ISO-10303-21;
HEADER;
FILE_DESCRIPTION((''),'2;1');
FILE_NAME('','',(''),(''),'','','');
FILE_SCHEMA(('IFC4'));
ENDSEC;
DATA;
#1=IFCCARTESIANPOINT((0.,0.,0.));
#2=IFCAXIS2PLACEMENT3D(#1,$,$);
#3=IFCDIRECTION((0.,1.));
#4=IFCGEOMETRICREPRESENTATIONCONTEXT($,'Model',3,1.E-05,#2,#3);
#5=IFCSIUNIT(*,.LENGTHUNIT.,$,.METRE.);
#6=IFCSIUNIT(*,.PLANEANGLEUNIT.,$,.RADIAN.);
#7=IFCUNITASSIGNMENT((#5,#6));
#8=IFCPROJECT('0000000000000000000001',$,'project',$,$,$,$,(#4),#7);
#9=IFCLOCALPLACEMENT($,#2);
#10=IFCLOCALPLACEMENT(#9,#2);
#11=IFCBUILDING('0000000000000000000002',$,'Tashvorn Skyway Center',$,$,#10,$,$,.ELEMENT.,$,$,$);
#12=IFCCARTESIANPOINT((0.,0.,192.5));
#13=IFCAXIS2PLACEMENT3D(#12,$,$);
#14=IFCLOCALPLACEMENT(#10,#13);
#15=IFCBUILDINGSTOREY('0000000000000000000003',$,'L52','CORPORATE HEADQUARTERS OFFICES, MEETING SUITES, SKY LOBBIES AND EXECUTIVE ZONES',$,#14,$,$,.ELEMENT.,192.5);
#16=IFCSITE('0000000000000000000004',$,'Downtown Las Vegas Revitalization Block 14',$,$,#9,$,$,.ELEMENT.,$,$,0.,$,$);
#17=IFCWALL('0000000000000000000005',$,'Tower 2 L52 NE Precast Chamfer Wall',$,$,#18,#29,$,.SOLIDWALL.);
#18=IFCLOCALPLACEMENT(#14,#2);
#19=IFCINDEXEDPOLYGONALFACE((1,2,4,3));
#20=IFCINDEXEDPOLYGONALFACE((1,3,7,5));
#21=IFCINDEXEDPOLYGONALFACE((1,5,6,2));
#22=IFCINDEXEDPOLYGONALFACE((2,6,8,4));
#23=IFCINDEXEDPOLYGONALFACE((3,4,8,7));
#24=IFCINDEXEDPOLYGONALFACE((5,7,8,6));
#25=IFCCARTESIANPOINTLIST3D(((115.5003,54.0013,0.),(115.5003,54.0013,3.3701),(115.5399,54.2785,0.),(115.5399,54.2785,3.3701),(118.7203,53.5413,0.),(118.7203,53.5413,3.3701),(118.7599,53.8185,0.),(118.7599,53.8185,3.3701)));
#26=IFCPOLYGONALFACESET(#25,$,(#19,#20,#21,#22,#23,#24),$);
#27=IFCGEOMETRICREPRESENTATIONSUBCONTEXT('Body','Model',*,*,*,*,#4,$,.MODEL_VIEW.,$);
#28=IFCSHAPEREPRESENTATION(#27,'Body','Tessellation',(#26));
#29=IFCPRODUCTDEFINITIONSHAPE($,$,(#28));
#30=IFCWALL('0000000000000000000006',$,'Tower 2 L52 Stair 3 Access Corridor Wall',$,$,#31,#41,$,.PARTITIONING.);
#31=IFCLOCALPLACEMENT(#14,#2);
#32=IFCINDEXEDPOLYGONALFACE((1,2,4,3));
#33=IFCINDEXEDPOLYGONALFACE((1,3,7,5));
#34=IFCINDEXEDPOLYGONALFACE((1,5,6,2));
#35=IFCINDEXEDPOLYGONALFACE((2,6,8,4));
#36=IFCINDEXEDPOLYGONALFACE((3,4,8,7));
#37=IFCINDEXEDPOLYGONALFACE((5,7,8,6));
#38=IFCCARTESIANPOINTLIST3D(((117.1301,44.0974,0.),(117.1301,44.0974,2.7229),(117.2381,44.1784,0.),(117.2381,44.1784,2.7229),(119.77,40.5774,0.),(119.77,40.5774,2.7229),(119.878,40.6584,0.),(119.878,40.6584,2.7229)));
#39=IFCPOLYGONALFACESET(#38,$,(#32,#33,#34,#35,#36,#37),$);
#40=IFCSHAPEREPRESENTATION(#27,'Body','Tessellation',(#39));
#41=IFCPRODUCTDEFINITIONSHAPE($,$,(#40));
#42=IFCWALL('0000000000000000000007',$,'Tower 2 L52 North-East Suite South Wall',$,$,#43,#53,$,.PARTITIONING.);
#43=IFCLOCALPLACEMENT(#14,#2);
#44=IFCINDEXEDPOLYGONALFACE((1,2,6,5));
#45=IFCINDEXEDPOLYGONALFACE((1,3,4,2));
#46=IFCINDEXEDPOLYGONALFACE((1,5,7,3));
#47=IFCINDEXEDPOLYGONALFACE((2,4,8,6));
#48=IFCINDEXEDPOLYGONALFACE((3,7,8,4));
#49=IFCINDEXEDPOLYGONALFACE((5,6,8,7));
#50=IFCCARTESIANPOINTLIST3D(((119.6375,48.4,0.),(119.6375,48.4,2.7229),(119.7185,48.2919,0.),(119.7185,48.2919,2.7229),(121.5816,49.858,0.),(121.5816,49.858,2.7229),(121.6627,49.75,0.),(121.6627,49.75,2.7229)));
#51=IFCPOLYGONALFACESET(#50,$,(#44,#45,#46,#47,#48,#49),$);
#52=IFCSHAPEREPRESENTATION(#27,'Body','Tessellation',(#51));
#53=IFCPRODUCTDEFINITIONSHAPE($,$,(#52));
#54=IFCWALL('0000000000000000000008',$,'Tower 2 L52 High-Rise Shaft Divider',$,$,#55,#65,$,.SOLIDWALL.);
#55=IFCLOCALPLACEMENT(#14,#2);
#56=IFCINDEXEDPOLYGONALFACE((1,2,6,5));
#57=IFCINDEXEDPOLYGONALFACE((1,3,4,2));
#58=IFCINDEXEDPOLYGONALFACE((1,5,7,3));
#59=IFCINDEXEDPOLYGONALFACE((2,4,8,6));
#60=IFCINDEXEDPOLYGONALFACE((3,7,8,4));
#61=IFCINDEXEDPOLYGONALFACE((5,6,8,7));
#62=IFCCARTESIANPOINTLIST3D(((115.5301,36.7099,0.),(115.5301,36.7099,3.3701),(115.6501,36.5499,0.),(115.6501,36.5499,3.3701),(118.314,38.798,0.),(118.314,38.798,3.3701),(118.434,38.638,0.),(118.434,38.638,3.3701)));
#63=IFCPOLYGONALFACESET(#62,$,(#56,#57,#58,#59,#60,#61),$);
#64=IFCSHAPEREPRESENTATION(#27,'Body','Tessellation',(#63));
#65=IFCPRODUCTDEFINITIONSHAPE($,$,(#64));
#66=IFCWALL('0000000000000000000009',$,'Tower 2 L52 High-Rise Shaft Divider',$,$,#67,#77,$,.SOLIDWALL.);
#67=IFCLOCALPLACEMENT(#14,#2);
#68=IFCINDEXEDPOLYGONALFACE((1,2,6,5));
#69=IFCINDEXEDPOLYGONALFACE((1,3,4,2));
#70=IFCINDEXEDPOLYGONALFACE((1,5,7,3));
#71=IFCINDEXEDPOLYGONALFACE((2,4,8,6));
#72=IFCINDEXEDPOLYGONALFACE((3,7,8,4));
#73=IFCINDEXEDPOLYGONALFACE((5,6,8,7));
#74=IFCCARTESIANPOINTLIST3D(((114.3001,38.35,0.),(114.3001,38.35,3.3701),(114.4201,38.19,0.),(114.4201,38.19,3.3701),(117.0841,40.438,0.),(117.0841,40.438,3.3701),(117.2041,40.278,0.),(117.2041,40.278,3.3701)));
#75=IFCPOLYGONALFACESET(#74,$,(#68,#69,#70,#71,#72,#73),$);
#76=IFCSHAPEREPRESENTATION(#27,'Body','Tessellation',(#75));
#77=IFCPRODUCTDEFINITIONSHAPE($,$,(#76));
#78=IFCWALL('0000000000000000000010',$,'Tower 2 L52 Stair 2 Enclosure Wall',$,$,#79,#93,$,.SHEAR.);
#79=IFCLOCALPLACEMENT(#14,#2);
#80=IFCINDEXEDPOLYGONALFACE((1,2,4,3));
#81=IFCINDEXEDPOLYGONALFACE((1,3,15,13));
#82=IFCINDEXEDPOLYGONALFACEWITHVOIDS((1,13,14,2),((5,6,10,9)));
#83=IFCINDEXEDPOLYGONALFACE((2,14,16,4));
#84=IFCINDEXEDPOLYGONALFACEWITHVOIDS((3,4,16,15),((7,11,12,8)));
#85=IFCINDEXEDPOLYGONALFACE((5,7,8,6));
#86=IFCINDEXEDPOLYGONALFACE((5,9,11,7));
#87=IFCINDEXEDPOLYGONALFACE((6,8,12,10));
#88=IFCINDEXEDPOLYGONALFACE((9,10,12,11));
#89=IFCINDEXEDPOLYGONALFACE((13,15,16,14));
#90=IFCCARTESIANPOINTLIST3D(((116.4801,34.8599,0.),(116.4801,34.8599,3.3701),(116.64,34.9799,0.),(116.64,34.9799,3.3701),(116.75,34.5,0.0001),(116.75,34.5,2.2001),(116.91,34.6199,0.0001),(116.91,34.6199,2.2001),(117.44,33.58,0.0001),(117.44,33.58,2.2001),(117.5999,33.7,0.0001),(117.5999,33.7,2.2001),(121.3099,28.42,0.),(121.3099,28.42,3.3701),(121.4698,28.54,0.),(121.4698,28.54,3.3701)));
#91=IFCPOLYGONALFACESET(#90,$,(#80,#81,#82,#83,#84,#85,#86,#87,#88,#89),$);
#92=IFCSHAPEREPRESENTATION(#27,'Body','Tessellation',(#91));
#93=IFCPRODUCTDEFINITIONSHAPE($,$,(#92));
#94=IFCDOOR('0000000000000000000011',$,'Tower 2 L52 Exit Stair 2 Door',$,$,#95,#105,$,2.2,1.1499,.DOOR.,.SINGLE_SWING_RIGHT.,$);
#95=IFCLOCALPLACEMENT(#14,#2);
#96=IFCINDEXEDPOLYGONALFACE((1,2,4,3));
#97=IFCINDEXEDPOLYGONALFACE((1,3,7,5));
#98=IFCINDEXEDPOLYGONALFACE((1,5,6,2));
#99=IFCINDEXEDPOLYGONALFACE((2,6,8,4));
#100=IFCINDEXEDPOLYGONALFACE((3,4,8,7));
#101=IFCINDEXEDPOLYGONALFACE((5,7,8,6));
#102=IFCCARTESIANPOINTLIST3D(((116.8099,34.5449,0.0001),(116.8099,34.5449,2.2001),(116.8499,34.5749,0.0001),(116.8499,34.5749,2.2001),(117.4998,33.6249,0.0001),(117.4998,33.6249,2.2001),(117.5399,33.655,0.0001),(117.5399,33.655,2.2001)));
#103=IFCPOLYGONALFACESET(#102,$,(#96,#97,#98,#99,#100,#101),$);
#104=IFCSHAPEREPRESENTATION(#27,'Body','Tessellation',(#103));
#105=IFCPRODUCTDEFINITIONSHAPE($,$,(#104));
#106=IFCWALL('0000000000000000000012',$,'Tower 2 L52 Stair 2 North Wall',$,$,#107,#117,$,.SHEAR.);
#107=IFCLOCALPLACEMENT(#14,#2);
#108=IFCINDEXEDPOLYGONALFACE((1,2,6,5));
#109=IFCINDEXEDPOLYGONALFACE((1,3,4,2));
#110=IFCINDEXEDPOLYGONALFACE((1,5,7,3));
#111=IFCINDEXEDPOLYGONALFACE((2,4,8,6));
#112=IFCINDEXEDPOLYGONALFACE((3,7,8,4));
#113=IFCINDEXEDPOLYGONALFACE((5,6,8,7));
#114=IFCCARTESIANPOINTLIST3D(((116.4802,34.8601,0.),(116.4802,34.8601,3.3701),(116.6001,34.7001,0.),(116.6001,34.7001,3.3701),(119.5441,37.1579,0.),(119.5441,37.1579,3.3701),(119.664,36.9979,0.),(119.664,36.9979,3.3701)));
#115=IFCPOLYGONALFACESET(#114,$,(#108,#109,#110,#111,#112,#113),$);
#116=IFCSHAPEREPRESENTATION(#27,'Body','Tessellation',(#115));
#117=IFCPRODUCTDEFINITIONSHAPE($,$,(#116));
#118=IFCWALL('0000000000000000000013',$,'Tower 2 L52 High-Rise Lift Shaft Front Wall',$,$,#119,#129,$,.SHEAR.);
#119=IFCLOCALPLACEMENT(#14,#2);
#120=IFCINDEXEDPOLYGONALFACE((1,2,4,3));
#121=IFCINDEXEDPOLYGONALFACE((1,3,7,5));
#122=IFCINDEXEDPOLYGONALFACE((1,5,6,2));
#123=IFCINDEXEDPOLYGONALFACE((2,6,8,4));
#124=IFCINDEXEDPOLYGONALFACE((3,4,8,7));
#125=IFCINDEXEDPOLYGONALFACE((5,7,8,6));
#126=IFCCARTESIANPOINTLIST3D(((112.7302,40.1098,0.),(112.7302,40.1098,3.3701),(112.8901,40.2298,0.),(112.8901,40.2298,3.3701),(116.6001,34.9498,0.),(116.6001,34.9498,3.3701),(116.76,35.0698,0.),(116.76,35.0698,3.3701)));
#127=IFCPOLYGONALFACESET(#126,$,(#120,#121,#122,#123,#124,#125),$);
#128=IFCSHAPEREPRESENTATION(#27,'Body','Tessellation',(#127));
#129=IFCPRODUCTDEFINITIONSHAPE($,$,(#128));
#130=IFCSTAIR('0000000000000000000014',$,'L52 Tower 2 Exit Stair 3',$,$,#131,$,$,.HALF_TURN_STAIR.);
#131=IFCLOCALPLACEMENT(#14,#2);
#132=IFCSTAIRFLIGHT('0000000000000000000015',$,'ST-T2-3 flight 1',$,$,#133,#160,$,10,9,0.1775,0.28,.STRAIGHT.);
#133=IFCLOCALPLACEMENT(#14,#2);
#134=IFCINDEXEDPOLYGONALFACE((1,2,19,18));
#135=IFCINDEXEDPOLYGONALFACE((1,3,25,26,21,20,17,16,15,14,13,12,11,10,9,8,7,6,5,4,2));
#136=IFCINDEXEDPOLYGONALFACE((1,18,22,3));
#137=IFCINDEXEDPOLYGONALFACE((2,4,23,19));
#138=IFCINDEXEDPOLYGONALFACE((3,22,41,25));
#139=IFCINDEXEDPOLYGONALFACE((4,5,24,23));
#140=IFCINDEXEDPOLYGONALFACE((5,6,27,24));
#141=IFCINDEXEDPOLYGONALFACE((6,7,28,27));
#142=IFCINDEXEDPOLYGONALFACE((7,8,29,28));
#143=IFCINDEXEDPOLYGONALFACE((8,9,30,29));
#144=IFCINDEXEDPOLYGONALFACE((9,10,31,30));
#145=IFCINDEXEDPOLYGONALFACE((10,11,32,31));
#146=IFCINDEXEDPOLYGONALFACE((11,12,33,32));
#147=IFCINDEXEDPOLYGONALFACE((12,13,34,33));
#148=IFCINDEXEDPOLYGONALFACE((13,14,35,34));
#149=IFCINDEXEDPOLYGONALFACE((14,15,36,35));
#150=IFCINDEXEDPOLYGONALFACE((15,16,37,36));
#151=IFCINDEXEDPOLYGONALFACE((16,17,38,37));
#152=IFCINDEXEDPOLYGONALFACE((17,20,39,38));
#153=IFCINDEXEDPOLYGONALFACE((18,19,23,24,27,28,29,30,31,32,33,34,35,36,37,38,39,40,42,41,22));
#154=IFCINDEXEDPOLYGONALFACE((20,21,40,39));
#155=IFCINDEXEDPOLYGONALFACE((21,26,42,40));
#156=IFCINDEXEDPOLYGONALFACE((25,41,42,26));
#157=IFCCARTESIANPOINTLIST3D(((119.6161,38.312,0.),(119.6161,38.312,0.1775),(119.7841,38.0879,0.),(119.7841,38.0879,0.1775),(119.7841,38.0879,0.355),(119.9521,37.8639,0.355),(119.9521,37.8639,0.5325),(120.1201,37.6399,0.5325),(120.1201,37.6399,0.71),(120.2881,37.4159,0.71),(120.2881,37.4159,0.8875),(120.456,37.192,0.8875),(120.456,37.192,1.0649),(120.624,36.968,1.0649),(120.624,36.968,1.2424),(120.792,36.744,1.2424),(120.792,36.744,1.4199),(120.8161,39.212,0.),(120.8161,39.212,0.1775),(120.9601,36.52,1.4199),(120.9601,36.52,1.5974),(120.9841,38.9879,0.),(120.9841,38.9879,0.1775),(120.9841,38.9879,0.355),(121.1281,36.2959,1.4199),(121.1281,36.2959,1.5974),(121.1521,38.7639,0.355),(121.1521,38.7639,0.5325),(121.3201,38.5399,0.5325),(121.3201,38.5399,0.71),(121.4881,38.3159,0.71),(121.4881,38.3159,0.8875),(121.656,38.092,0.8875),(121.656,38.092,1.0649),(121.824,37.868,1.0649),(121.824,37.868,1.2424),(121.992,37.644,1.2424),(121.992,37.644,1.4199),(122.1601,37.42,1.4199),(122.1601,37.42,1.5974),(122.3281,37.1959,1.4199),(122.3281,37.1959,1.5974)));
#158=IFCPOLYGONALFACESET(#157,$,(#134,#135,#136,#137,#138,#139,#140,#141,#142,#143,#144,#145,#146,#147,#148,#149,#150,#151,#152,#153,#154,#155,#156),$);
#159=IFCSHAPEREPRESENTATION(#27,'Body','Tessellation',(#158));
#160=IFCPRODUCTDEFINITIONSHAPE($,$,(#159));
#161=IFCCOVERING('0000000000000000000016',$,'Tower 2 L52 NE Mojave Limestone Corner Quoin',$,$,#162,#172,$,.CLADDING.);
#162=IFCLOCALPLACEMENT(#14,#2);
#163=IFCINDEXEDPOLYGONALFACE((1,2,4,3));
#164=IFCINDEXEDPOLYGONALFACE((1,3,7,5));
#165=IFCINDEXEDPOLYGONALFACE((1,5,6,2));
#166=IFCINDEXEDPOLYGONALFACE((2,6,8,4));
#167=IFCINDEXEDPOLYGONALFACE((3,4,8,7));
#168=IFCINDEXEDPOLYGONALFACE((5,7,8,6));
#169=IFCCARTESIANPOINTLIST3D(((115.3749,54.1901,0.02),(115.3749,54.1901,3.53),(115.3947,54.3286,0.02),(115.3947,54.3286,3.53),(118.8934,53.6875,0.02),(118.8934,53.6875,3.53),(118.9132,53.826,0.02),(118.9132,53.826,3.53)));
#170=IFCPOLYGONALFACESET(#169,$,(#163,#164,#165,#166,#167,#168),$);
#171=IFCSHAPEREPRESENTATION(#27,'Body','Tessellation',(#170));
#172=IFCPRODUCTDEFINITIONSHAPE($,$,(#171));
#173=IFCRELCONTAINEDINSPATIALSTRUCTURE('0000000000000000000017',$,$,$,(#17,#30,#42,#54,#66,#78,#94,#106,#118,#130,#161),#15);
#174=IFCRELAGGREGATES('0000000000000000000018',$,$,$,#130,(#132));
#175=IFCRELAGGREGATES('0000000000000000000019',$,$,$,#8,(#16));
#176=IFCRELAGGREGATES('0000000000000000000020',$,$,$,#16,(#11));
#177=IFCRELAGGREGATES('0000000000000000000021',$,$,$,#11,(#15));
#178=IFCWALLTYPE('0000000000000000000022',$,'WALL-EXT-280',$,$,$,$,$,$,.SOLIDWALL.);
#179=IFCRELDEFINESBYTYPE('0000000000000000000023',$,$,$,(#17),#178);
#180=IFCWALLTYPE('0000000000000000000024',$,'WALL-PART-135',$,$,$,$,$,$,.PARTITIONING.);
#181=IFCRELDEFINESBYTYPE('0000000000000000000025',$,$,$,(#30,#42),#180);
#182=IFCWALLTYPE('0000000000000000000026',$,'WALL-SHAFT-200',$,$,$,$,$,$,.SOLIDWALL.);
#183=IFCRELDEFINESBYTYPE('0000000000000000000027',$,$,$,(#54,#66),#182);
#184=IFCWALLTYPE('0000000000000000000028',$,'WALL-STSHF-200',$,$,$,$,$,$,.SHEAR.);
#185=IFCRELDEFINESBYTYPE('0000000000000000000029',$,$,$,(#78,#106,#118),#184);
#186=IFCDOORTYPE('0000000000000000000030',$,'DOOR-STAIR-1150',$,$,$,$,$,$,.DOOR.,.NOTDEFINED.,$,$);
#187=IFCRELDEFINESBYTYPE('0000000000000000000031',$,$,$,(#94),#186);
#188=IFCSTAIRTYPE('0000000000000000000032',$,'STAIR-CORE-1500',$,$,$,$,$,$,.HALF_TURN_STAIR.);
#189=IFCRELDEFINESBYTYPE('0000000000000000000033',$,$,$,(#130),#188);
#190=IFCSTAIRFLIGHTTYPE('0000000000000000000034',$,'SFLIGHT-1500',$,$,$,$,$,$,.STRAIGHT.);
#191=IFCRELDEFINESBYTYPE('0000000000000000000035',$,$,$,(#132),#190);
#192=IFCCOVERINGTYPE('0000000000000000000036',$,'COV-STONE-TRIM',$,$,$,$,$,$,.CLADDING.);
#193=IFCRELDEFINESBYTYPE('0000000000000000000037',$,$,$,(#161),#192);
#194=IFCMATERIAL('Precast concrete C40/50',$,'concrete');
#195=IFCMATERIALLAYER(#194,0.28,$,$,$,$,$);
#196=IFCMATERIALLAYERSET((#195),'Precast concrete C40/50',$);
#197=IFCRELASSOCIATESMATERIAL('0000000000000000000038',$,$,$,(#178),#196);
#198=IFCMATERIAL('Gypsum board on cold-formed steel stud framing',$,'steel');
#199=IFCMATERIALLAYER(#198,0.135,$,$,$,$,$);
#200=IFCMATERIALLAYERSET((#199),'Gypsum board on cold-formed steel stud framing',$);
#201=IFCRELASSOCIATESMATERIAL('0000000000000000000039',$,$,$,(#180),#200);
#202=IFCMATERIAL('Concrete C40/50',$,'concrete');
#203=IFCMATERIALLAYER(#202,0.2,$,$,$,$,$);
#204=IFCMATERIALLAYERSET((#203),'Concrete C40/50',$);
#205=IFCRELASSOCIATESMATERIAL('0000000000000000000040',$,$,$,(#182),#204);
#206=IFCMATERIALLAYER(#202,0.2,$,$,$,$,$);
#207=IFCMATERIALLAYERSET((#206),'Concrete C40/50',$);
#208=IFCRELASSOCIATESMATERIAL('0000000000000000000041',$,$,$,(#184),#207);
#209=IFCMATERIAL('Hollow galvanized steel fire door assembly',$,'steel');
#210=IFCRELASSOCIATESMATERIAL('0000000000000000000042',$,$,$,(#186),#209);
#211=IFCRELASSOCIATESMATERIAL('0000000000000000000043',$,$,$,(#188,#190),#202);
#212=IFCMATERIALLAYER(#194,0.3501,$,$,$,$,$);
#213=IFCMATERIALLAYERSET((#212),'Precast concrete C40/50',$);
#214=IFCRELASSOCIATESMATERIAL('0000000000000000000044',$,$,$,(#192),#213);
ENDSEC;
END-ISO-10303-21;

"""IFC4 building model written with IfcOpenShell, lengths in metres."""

from ifc_helpers import new_model, si_unit, direction, frame, frame_2d, origin, origin_2d, place, context, subcontext, project, spatial, polyline, rectangle, outline, extrude, material, layer, layer_set, type_object, element, fill, aggregate, save


model = new_model("IFC4")

# Units and contexts
model_context = context("Model", 3, precision=1e-05, world=origin(), true_north=direction((0.0, 1.0)))
body_context = subcontext(model_context, "Body", "Model", "MODEL_VIEW")
ifc_project = project(units=[si_unit("LENGTHUNIT", "METRE"), si_unit("PLANEANGLEUNIT", "RADIAN")], contexts=[model_context])

# Site, building, storey
site_placement = place(None, origin())
site = spatial("IfcSite", under=ifc_project, at=site_placement, Name="Downtown Las Vegas Revitalization Block 14", CompositionType="ELEMENT", RefElevation=0.0)
building_placement = place(site_placement, origin())
building = spatial("IfcBuilding", under=site, at=building_placement, Name="Tashvorn Skyway Center", CompositionType="ELEMENT")
storey_placement = place(building_placement, frame((0.0, 0.0, 192.5)))
storey = spatial("IfcBuildingStorey", under=building, at=storey_placement, Name="L52", Description="CORPORATE HEADQUARTERS OFFICES, MEETING SUITES, SKY LOBBIES AND EXECUTIVE ZONES", CompositionType="ELEMENT", Elevation=192.5)

# Walls
ifc_material_1 = material(Name="Precast concrete C40/50", Category="concrete")
ifc_layer_1 = layer(ifc_material_1, 0.28)
ifc_layer_set_1 = layer_set([ifc_layer_1], Name="Precast concrete C40/50")
wall_type_1 = type_object("IfcWallType", Name="WALL-EXT-280", PredefinedType="SOLIDWALL", material=ifc_layer_set_1)
wall_1_placement = place(storey_placement, frame((115.52, 54.1399, 0.0), z_axis=(0.0, 0.0, 1.0), x_axis=(0.989951, -0.141411, 0.0)))
element("IfcWall", 1, at=wall_1_placement, inside=storey, type_object=wall_type_1, Name="Tower 2 L52 NE Precast Chamfer Wall", PredefinedType="SOLIDWALL", context=body_context, shape_type="SweptSolid", body=[
    extrude(rectangle(XDim=3.2527, YDim=0.28, at=frame_2d((1.6265, 0.0))), origin(), (0.0, 0.0, 1.0), 3.3701),
])
ifc_material_2 = material(Name="Gypsum board on cold-formed steel stud framing", Category="steel")
ifc_layer_2 = layer(ifc_material_2, 0.135)
ifc_layer_set_2 = layer_set([ifc_layer_2], Name="Gypsum board on cold-formed steel stud framing")
wall_type_2 = type_object("IfcWallType", Name="WALL-PART-135", PredefinedType="PARTITIONING", material=ifc_layer_set_2)
wall_2_placement = place(storey_placement, frame((119.824, 40.6179, 0.0), z_axis=(0.0, 0.0, 1.0), x_axis=(-0.599982, 0.800013, 0.0)))
element("IfcWall", 2, at=wall_2_placement, inside=storey, type_object=wall_type_2, Name="Tower 2 L52 Stair 3 Access Corridor Wall", PredefinedType="PARTITIONING", context=body_context, shape_type="SweptSolid", body=[
    extrude(rectangle(XDim=4.3999, YDim=0.135, at=frame_2d((2.2, 0.0))), origin(), (0.0, 0.0, 1.0), 2.7229),
])
wall_3_placement = place(storey_placement, frame((119.678, 48.3459, 0.0), z_axis=(0.0, 0.0, 1.0), x_axis=(0.800012, 0.599984, 0.0)))
element("IfcWall", 3, at=wall_3_placement, inside=storey, type_object=wall_type_2, Name="Tower 2 L52 North-East Suite South Wall", PredefinedType="PARTITIONING", context=body_context, shape_type="SweptSolid", body=[
    extrude(rectangle(XDim=2.4302, YDim=0.135, at=frame_2d((1.2151, 0.0))), origin(), (0.0, 0.0, 1.0), 2.7229),
])
ifc_material_3 = material(Name="Concrete C40/50", Category="concrete")
ifc_layer_3 = layer(ifc_material_3, 0.2)
ifc_layer_set_3 = layer_set([ifc_layer_3], Name="Concrete C40/50")
wall_type_3 = type_object("IfcWallType", Name="WALL-SHAFT-200", PredefinedType="SOLIDWALL", material=ifc_layer_set_3)
for number, where, z_axis, x_axis, name in (
    (4, (115.5901, 36.6299, 0.0), (0.0, 0.0, 1.0), (0.799975, 0.600034, 0.0), "Tower 2 L52 High-Rise Shaft Divider"),
    (5, (114.3601, 38.27, 0.0), (0.0, 0.0, 1.0), (0.800008, 0.599989, 0.0), "Tower 2 L52 High-Rise Shaft Divider"),
):
    element("IfcWall", number, at=place(storey_placement, frame(where, z_axis=z_axis, x_axis=x_axis)), inside=storey, type_object=wall_type_3, Name=name, PredefinedType="SOLIDWALL", context=body_context, shape_type="SweptSolid", body=[
        extrude(rectangle(XDim=3.48, YDim=0.2, at=frame_2d((1.74, 0.0))), origin(), (0.0, 0.0, 1.0), 3.3701),
    ])

# Wall, opening, door
ifc_layer_4 = layer(ifc_material_3, 0.2)
ifc_layer_set_4 = layer_set([ifc_layer_4], Name="Concrete C40/50")
wall_type_4 = type_object("IfcWallType", Name="WALL-STSHF-200", PredefinedType="SHEAR", material=ifc_layer_set_4)
wall_4_placement = place(storey_placement, frame((116.5601, 34.9199, 0.0), z_axis=(0.0, 0.0, 1.0), x_axis=(0.59999, -0.800007, 0.0)))
wall_4 = element("IfcWall", 6, at=wall_4_placement, inside=storey, type_object=wall_type_4, Name="Tower 2 L52 Stair 2 Enclosure Wall", PredefinedType="SHEAR", context=body_context, shape_type="SweptSolid", body=[
    extrude(rectangle(XDim=8.0498, YDim=0.2, at=frame_2d((4.0249, 0.0))), origin(), (0.0, 0.0, 1.0), 3.3701),
])
opening_placement = place(wall_4_placement, frame((0.45, 0.0, 0.0)))
opening = element("IfcOpeningElement", 7, at=opening_placement, cuts=wall_4, PredefinedType="OPENING", context=body_context, shape_type="SweptSolid", body=[
    extrude(rectangle(XDim=1.1499, YDim=2.2, at=frame_2d((0.575, 1.1001))), frame((0.0, 0.1099, 0.0), z_axis=(0.0, -1.0, 0.0), x_axis=(1.0, 0.0, 0.0)), (0.0, 0.0, 1.0), 0.22),
])
ifc_material_4 = material(Name="Hollow galvanized steel fire door assembly", Category="steel")
door_type = type_object("IfcDoorType", Name="DOOR-STAIR-1150", OperationType="NOTDEFINED", PredefinedType="DOOR", material=ifc_material_4)
door_placement = place(opening_placement, origin())
door = element("IfcDoor", 8, at=door_placement, inside=storey, type_object=door_type, Name="Tower 2 L52 Exit Stair 2 Door", OperationType="SINGLE_SWING_RIGHT", OverallHeight=2.2, OverallWidth=1.1499, PredefinedType="DOOR", context=body_context, shape_type="SweptSolid", body=[
    extrude(rectangle(XDim=1.1499, YDim=2.2, at=frame_2d((0.575, 1.1001))), frame((0.0, 0.0249, 0.0), z_axis=(0.0, -1.0, 0.0), x_axis=(1.0, 0.0, 0.0)), (0.0, 0.0, 1.0), 0.05),
])
fill(opening, door)

# Walls
wall_5_placement = place(storey_placement, frame((116.54, 34.78, 0.0), z_axis=(0.0, 0.0, 1.0), x_axis=(0.800015, 0.59998, 0.0)))
element("IfcWall", 9, at=wall_5_placement, inside=storey, type_object=wall_type_4, Name="Tower 2 L52 Stair 2 North Wall", PredefinedType="SHEAR", context=body_context, shape_type="SweptSolid", body=[
    extrude(rectangle(XDim=3.8298, YDim=0.2, at=frame_2d((1.915, 0.0))), origin(), (0.0, 0.0, 1.0), 3.3701),
])
wall_6_placement = place(storey_placement, frame((112.8101, 40.1699, 0.0), z_axis=(0.0, 0.0, 1.0), x_axis=(0.599994, -0.800005, 0.0)))
element("IfcWall", 10, at=wall_6_placement, inside=storey, type_object=wall_type_4, Name="Tower 2 L52 High-Rise Lift Shaft Front Wall", PredefinedType="SHEAR", context=body_context, shape_type="SweptSolid", body=[
    extrude(rectangle(XDim=6.45, YDim=0.2, at=frame_2d((3.2251, 0.0))), origin(), (0.0, 0.0, 1.0), 3.3701),
])

# Stair, stair flight
stair_type = type_object("IfcStairType", Name="STAIR-CORE-1500", PredefinedType="HALF_TURN_STAIR", material=ifc_material_3)
stair_placement = place(storey_placement, origin())
stair = element("IfcStair", 11, at=stair_placement, inside=storey, type_object=stair_type, Name="L52 Tower 2 Exit Stair 3", PredefinedType="HALF_TURN_STAIR")
stair_flight_type = type_object("IfcStairFlightType", Name="SFLIGHT-1500", PredefinedType="STRAIGHT", material=ifc_material_3)
stair_flight_placement = place(storey_placement, frame((120.2161, 38.762, 0.0), z_axis=(0.0, 0.0, 1.0), x_axis=(0.6, -0.8, 0.0)))
stair_flight = element("IfcStairFlight", 12, at=stair_flight_placement, type_object=stair_flight_type, Name="ST-T2-3 flight 1", NumberOfRisers=10, NumberOfTreads=9, PredefinedType="STRAIGHT", RiserHeight=0.1775, TreadLength=0.28, context=body_context, shape_type="SweptSolid", body=[
    extrude(outline(polyline([(0.0, 0.0), (0.0, 0.1775), (0.28, 0.1775), (0.28, 0.355), (0.5601, 0.355), (0.5601, 0.5325), (0.8401, 0.5325), (0.8401, 0.71), (1.1201, 0.71), (1.1201, 0.8875), (1.3999, 0.8875), (1.3999, 1.0649), (1.6799, 1.0649), (1.6799, 1.2424), (1.96, 1.2424), (1.96, 1.4199), (2.24, 1.4199), (2.24, 1.5974), (2.52, 1.5974), (2.52, 1.7749), (2.52, 1.4199), (0.28, 0.0), (0.0, 0.0)])), frame((0.0, 0.75, 0.0), z_axis=(0.0, -1.0, 0.0), x_axis=(1.0, 0.0, 0.0)), (0.0, 0.0, 1.0), 1.5),
])
aggregate(stair, [stair_flight])

# Covering
ifc_layer_5 = layer(ifc_material_1, 0.3501)
ifc_layer_set_5 = layer_set([ifc_layer_5], Name="Precast concrete C40/50")
covering_type = type_object("IfcCoveringType", Name="COV-STONE-TRIM", PredefinedType="CLADDING", material=ifc_layer_set_5)
covering_placement = place(storey_placement, frame((117.144, 54.0081, 0.02), z_axis=(0.0, 0.0, 1.0), x_axis=(0.989949, -0.141421, 0.0)))
element("IfcCovering", 13, at=covering_placement, inside=storey, type_object=covering_type, Name="Tower 2 L52 NE Mojave Limestone Corner Quoin", PredefinedType="CLADDING", context=body_context, shape_type="SweptSolid", body=[
    extrude(rectangle(XDim=3.5542, YDim=0.1399, at=origin_2d()), origin(), (0.0, 0.0, 1.0), 3.51),
])

save(model, "model.ifc")
